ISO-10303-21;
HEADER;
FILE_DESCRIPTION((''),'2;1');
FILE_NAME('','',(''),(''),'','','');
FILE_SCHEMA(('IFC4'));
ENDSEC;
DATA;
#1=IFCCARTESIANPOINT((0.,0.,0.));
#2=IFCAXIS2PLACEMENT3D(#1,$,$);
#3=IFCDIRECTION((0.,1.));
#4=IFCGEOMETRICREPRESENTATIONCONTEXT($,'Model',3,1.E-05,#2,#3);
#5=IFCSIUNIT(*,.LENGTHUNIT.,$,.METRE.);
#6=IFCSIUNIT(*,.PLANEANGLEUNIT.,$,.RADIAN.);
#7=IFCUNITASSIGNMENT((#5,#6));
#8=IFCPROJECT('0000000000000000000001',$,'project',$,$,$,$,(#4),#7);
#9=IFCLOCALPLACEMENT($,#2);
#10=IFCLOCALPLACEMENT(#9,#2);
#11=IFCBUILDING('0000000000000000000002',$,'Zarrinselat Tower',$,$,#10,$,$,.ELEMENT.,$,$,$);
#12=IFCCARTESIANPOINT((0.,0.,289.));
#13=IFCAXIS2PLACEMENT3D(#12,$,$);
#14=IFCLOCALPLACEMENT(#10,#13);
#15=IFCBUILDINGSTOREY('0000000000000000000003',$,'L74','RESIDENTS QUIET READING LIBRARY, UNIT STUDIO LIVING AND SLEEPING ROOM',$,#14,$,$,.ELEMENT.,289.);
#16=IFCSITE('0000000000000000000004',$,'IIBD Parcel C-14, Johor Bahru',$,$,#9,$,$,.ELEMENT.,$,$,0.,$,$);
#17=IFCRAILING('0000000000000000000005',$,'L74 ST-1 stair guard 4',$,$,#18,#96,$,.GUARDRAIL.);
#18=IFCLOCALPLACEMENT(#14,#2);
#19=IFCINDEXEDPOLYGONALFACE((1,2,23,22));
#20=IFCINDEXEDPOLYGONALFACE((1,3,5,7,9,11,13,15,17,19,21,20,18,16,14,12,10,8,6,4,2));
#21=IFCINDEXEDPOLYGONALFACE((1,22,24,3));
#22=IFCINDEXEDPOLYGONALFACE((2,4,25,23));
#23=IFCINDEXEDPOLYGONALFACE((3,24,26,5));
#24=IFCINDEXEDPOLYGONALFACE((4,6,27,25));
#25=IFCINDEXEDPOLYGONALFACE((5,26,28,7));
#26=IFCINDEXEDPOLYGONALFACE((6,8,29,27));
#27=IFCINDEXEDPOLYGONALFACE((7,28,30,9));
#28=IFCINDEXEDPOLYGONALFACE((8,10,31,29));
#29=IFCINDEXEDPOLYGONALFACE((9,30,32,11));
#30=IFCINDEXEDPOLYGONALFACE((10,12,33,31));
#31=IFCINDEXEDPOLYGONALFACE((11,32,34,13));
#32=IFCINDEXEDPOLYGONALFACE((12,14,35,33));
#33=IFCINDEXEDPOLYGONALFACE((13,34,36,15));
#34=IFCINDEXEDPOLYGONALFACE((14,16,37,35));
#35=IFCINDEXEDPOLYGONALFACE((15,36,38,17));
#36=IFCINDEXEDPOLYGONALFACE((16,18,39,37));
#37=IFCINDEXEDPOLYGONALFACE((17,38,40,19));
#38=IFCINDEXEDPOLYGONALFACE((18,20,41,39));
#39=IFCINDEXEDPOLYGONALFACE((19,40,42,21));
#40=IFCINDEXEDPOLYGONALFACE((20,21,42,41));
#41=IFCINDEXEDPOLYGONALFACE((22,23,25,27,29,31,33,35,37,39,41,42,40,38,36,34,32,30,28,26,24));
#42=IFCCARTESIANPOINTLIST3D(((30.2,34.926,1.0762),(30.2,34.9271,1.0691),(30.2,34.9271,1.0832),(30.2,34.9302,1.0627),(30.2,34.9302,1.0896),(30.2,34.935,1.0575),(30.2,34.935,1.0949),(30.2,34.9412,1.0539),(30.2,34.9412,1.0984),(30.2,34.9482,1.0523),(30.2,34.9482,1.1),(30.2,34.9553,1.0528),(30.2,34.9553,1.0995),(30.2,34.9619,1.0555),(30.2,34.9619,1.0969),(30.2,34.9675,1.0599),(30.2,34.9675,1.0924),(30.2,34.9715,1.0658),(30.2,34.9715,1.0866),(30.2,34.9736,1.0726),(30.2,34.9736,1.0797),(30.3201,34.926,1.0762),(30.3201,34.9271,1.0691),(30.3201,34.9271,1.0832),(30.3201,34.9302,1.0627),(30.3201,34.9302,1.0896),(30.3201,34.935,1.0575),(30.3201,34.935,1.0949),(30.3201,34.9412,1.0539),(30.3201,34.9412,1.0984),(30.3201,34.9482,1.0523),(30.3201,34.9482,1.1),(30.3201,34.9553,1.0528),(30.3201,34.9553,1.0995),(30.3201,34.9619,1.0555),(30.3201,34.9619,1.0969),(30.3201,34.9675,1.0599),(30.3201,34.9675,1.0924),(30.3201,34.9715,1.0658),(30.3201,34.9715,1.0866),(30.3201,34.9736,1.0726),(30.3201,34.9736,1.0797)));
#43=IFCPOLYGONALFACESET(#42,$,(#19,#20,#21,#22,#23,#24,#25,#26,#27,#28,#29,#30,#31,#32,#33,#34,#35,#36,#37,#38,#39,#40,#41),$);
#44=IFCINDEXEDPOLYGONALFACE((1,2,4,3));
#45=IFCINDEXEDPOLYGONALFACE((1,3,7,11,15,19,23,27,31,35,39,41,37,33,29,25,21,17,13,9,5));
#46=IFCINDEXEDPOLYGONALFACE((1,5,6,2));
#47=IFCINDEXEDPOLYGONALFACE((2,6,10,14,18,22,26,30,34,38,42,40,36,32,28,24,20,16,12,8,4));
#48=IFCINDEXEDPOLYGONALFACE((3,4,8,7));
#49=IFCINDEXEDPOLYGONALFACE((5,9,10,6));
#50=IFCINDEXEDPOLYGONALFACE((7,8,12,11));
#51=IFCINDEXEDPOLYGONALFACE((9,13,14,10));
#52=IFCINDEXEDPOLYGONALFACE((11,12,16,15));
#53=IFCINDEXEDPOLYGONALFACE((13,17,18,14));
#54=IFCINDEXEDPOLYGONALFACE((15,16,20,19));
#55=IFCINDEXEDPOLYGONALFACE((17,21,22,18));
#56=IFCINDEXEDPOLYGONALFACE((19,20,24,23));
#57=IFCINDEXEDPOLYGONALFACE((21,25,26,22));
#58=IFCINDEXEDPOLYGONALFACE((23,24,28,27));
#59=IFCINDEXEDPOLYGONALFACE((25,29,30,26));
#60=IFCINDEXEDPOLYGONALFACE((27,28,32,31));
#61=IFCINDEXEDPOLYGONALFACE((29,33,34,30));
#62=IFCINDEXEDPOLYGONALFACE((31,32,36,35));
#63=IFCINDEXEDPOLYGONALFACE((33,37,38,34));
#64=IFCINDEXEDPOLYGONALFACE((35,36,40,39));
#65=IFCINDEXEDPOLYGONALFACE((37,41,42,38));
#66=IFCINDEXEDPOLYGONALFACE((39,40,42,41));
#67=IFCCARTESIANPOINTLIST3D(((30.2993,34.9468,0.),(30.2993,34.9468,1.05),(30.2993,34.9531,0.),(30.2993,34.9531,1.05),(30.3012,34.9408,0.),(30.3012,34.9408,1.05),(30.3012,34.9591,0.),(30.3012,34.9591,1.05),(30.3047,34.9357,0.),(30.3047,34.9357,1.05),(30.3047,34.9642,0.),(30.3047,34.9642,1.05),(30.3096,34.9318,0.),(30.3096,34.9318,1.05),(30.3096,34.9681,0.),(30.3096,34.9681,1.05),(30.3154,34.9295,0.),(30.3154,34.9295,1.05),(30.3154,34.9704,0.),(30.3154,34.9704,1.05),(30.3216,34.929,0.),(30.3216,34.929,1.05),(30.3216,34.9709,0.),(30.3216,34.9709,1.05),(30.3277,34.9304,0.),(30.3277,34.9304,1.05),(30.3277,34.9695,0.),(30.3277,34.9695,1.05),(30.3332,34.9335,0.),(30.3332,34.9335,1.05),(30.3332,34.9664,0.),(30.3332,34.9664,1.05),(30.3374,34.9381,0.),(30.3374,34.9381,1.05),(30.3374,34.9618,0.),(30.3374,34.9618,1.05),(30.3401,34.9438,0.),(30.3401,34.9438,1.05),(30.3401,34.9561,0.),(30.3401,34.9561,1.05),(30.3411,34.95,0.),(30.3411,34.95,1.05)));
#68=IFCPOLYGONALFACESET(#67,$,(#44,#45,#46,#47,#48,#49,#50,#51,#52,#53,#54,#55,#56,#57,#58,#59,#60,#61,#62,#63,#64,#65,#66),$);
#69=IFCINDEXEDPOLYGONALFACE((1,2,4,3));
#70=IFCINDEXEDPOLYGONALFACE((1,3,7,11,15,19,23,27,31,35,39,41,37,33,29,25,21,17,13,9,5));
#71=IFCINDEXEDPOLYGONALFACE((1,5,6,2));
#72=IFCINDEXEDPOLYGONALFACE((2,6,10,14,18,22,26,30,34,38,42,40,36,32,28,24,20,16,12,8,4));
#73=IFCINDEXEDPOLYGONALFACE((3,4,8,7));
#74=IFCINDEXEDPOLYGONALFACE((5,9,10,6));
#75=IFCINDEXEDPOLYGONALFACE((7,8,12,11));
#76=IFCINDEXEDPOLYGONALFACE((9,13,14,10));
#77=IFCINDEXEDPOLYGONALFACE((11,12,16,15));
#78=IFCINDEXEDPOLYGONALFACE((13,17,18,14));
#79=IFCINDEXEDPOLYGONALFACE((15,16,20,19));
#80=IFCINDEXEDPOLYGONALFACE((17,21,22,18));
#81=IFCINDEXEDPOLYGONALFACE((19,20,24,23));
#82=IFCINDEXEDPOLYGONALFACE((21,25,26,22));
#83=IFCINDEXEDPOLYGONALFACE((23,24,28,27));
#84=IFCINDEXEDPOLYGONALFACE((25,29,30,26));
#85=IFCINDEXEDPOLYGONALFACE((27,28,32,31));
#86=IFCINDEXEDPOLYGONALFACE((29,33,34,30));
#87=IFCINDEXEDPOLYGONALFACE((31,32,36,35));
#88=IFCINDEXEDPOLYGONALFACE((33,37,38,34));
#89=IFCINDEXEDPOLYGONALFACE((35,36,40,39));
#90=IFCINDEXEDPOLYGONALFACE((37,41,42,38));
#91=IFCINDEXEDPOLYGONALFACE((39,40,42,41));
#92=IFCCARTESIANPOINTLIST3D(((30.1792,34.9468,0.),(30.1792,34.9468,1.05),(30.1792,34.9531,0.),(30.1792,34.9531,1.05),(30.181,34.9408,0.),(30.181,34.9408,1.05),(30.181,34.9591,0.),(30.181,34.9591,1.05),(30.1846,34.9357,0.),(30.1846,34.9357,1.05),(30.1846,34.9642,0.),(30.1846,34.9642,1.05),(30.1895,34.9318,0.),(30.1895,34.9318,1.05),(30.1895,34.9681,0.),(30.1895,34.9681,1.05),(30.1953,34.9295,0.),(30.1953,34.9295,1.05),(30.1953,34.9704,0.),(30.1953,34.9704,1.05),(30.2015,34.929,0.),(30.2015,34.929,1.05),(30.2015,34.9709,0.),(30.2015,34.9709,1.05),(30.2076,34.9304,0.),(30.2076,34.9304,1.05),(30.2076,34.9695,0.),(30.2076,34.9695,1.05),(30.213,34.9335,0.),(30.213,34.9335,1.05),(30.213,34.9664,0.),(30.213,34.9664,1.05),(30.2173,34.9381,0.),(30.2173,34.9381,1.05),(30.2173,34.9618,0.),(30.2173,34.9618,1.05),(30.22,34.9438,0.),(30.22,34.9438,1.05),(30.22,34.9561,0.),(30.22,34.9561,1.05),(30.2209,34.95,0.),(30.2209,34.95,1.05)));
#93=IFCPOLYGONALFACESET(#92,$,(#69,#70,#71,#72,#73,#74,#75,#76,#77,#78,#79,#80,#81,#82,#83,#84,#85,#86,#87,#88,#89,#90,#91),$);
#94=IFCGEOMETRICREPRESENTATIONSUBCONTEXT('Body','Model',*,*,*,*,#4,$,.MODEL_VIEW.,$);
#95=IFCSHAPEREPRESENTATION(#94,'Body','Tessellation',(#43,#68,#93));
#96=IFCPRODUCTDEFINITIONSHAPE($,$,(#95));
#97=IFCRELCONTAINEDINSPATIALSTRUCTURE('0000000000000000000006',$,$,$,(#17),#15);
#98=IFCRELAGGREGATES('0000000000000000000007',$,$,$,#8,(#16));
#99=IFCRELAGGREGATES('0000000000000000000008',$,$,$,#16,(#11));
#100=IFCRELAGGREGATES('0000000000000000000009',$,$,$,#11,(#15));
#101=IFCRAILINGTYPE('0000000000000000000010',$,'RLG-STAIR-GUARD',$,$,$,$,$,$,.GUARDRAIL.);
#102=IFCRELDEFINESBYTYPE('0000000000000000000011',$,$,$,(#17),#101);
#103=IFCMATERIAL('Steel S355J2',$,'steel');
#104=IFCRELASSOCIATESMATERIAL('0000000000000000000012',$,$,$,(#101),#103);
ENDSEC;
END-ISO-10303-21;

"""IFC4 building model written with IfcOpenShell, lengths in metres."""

from ifc_helpers import new_model, si_unit, direction, frame, origin, origin_2d, place, context, subcontext, project, spatial, circle, extrude, material, type_object, element, save


model = new_model("IFC4")

# Units and contexts
model_context = context("Model", 3, precision=1e-05, world=origin(), true_north=direction((0.0, 1.0)))
body_context = subcontext(model_context, "Body", "Model", "MODEL_VIEW")
ifc_project = project(units=[si_unit("LENGTHUNIT", "METRE"), si_unit("PLANEANGLEUNIT", "RADIAN")], contexts=[model_context])

# Site, building, storey
site_placement = place(None, origin())
site = spatial("IfcSite", under=ifc_project, at=site_placement, Name="IIBD Parcel C-14, Johor Bahru", CompositionType="ELEMENT", RefElevation=0.0)
building_placement = place(site_placement, origin())
building = spatial("IfcBuilding", under=site, at=building_placement, Name="Zarrinselat Tower", CompositionType="ELEMENT")
storey_placement = place(building_placement, frame((0.0, 0.0, 289.0)))
storey = spatial("IfcBuildingStorey", under=building, at=storey_placement, Name="L74", Description="RESIDENTS QUIET READING LIBRARY, UNIT STUDIO LIVING AND SLEEPING ROOM", CompositionType="ELEMENT", Elevation=289.0)

# Railing
ifc_material_1 = material(Name="Steel S355J2", Category="steel")
railing_type_1 = type_object("IfcRailingType", Name="RLG-STAIR-GUARD", PredefinedType="GUARDRAIL", material=ifc_material_1)
railing_1_placement = place(storey_placement, frame((30.3201, 34.95, 0.0)))
element("IfcRailing", 1, at=railing_1_placement, inside=storey, type_object=railing_type_1, Name="L74 ST-1 stair guard 4", PredefinedType="GUARDRAIL", context=body_context, shape_type="SweptSolid", body=[
    extrude(circle(Radius=0.0239, at=origin_2d()), frame((0.0, 0.0, 1.0762), z_axis=(-1.0, 0.0, 0.0), x_axis=(0.0, -1.0, 0.0)), (0.0, 0.0, 1.0), 0.1201),
    extrude(circle(Radius=0.021, at=origin_2d()), origin(), (0.0, 0.0, 1.0), 1.05),
    extrude(circle(Radius=0.021, at=origin_2d()), frame((-0.1201, 0.0, 0.0)), (0.0, 0.0, 1.0), 1.05),
])

save(model, "model.ifc")
